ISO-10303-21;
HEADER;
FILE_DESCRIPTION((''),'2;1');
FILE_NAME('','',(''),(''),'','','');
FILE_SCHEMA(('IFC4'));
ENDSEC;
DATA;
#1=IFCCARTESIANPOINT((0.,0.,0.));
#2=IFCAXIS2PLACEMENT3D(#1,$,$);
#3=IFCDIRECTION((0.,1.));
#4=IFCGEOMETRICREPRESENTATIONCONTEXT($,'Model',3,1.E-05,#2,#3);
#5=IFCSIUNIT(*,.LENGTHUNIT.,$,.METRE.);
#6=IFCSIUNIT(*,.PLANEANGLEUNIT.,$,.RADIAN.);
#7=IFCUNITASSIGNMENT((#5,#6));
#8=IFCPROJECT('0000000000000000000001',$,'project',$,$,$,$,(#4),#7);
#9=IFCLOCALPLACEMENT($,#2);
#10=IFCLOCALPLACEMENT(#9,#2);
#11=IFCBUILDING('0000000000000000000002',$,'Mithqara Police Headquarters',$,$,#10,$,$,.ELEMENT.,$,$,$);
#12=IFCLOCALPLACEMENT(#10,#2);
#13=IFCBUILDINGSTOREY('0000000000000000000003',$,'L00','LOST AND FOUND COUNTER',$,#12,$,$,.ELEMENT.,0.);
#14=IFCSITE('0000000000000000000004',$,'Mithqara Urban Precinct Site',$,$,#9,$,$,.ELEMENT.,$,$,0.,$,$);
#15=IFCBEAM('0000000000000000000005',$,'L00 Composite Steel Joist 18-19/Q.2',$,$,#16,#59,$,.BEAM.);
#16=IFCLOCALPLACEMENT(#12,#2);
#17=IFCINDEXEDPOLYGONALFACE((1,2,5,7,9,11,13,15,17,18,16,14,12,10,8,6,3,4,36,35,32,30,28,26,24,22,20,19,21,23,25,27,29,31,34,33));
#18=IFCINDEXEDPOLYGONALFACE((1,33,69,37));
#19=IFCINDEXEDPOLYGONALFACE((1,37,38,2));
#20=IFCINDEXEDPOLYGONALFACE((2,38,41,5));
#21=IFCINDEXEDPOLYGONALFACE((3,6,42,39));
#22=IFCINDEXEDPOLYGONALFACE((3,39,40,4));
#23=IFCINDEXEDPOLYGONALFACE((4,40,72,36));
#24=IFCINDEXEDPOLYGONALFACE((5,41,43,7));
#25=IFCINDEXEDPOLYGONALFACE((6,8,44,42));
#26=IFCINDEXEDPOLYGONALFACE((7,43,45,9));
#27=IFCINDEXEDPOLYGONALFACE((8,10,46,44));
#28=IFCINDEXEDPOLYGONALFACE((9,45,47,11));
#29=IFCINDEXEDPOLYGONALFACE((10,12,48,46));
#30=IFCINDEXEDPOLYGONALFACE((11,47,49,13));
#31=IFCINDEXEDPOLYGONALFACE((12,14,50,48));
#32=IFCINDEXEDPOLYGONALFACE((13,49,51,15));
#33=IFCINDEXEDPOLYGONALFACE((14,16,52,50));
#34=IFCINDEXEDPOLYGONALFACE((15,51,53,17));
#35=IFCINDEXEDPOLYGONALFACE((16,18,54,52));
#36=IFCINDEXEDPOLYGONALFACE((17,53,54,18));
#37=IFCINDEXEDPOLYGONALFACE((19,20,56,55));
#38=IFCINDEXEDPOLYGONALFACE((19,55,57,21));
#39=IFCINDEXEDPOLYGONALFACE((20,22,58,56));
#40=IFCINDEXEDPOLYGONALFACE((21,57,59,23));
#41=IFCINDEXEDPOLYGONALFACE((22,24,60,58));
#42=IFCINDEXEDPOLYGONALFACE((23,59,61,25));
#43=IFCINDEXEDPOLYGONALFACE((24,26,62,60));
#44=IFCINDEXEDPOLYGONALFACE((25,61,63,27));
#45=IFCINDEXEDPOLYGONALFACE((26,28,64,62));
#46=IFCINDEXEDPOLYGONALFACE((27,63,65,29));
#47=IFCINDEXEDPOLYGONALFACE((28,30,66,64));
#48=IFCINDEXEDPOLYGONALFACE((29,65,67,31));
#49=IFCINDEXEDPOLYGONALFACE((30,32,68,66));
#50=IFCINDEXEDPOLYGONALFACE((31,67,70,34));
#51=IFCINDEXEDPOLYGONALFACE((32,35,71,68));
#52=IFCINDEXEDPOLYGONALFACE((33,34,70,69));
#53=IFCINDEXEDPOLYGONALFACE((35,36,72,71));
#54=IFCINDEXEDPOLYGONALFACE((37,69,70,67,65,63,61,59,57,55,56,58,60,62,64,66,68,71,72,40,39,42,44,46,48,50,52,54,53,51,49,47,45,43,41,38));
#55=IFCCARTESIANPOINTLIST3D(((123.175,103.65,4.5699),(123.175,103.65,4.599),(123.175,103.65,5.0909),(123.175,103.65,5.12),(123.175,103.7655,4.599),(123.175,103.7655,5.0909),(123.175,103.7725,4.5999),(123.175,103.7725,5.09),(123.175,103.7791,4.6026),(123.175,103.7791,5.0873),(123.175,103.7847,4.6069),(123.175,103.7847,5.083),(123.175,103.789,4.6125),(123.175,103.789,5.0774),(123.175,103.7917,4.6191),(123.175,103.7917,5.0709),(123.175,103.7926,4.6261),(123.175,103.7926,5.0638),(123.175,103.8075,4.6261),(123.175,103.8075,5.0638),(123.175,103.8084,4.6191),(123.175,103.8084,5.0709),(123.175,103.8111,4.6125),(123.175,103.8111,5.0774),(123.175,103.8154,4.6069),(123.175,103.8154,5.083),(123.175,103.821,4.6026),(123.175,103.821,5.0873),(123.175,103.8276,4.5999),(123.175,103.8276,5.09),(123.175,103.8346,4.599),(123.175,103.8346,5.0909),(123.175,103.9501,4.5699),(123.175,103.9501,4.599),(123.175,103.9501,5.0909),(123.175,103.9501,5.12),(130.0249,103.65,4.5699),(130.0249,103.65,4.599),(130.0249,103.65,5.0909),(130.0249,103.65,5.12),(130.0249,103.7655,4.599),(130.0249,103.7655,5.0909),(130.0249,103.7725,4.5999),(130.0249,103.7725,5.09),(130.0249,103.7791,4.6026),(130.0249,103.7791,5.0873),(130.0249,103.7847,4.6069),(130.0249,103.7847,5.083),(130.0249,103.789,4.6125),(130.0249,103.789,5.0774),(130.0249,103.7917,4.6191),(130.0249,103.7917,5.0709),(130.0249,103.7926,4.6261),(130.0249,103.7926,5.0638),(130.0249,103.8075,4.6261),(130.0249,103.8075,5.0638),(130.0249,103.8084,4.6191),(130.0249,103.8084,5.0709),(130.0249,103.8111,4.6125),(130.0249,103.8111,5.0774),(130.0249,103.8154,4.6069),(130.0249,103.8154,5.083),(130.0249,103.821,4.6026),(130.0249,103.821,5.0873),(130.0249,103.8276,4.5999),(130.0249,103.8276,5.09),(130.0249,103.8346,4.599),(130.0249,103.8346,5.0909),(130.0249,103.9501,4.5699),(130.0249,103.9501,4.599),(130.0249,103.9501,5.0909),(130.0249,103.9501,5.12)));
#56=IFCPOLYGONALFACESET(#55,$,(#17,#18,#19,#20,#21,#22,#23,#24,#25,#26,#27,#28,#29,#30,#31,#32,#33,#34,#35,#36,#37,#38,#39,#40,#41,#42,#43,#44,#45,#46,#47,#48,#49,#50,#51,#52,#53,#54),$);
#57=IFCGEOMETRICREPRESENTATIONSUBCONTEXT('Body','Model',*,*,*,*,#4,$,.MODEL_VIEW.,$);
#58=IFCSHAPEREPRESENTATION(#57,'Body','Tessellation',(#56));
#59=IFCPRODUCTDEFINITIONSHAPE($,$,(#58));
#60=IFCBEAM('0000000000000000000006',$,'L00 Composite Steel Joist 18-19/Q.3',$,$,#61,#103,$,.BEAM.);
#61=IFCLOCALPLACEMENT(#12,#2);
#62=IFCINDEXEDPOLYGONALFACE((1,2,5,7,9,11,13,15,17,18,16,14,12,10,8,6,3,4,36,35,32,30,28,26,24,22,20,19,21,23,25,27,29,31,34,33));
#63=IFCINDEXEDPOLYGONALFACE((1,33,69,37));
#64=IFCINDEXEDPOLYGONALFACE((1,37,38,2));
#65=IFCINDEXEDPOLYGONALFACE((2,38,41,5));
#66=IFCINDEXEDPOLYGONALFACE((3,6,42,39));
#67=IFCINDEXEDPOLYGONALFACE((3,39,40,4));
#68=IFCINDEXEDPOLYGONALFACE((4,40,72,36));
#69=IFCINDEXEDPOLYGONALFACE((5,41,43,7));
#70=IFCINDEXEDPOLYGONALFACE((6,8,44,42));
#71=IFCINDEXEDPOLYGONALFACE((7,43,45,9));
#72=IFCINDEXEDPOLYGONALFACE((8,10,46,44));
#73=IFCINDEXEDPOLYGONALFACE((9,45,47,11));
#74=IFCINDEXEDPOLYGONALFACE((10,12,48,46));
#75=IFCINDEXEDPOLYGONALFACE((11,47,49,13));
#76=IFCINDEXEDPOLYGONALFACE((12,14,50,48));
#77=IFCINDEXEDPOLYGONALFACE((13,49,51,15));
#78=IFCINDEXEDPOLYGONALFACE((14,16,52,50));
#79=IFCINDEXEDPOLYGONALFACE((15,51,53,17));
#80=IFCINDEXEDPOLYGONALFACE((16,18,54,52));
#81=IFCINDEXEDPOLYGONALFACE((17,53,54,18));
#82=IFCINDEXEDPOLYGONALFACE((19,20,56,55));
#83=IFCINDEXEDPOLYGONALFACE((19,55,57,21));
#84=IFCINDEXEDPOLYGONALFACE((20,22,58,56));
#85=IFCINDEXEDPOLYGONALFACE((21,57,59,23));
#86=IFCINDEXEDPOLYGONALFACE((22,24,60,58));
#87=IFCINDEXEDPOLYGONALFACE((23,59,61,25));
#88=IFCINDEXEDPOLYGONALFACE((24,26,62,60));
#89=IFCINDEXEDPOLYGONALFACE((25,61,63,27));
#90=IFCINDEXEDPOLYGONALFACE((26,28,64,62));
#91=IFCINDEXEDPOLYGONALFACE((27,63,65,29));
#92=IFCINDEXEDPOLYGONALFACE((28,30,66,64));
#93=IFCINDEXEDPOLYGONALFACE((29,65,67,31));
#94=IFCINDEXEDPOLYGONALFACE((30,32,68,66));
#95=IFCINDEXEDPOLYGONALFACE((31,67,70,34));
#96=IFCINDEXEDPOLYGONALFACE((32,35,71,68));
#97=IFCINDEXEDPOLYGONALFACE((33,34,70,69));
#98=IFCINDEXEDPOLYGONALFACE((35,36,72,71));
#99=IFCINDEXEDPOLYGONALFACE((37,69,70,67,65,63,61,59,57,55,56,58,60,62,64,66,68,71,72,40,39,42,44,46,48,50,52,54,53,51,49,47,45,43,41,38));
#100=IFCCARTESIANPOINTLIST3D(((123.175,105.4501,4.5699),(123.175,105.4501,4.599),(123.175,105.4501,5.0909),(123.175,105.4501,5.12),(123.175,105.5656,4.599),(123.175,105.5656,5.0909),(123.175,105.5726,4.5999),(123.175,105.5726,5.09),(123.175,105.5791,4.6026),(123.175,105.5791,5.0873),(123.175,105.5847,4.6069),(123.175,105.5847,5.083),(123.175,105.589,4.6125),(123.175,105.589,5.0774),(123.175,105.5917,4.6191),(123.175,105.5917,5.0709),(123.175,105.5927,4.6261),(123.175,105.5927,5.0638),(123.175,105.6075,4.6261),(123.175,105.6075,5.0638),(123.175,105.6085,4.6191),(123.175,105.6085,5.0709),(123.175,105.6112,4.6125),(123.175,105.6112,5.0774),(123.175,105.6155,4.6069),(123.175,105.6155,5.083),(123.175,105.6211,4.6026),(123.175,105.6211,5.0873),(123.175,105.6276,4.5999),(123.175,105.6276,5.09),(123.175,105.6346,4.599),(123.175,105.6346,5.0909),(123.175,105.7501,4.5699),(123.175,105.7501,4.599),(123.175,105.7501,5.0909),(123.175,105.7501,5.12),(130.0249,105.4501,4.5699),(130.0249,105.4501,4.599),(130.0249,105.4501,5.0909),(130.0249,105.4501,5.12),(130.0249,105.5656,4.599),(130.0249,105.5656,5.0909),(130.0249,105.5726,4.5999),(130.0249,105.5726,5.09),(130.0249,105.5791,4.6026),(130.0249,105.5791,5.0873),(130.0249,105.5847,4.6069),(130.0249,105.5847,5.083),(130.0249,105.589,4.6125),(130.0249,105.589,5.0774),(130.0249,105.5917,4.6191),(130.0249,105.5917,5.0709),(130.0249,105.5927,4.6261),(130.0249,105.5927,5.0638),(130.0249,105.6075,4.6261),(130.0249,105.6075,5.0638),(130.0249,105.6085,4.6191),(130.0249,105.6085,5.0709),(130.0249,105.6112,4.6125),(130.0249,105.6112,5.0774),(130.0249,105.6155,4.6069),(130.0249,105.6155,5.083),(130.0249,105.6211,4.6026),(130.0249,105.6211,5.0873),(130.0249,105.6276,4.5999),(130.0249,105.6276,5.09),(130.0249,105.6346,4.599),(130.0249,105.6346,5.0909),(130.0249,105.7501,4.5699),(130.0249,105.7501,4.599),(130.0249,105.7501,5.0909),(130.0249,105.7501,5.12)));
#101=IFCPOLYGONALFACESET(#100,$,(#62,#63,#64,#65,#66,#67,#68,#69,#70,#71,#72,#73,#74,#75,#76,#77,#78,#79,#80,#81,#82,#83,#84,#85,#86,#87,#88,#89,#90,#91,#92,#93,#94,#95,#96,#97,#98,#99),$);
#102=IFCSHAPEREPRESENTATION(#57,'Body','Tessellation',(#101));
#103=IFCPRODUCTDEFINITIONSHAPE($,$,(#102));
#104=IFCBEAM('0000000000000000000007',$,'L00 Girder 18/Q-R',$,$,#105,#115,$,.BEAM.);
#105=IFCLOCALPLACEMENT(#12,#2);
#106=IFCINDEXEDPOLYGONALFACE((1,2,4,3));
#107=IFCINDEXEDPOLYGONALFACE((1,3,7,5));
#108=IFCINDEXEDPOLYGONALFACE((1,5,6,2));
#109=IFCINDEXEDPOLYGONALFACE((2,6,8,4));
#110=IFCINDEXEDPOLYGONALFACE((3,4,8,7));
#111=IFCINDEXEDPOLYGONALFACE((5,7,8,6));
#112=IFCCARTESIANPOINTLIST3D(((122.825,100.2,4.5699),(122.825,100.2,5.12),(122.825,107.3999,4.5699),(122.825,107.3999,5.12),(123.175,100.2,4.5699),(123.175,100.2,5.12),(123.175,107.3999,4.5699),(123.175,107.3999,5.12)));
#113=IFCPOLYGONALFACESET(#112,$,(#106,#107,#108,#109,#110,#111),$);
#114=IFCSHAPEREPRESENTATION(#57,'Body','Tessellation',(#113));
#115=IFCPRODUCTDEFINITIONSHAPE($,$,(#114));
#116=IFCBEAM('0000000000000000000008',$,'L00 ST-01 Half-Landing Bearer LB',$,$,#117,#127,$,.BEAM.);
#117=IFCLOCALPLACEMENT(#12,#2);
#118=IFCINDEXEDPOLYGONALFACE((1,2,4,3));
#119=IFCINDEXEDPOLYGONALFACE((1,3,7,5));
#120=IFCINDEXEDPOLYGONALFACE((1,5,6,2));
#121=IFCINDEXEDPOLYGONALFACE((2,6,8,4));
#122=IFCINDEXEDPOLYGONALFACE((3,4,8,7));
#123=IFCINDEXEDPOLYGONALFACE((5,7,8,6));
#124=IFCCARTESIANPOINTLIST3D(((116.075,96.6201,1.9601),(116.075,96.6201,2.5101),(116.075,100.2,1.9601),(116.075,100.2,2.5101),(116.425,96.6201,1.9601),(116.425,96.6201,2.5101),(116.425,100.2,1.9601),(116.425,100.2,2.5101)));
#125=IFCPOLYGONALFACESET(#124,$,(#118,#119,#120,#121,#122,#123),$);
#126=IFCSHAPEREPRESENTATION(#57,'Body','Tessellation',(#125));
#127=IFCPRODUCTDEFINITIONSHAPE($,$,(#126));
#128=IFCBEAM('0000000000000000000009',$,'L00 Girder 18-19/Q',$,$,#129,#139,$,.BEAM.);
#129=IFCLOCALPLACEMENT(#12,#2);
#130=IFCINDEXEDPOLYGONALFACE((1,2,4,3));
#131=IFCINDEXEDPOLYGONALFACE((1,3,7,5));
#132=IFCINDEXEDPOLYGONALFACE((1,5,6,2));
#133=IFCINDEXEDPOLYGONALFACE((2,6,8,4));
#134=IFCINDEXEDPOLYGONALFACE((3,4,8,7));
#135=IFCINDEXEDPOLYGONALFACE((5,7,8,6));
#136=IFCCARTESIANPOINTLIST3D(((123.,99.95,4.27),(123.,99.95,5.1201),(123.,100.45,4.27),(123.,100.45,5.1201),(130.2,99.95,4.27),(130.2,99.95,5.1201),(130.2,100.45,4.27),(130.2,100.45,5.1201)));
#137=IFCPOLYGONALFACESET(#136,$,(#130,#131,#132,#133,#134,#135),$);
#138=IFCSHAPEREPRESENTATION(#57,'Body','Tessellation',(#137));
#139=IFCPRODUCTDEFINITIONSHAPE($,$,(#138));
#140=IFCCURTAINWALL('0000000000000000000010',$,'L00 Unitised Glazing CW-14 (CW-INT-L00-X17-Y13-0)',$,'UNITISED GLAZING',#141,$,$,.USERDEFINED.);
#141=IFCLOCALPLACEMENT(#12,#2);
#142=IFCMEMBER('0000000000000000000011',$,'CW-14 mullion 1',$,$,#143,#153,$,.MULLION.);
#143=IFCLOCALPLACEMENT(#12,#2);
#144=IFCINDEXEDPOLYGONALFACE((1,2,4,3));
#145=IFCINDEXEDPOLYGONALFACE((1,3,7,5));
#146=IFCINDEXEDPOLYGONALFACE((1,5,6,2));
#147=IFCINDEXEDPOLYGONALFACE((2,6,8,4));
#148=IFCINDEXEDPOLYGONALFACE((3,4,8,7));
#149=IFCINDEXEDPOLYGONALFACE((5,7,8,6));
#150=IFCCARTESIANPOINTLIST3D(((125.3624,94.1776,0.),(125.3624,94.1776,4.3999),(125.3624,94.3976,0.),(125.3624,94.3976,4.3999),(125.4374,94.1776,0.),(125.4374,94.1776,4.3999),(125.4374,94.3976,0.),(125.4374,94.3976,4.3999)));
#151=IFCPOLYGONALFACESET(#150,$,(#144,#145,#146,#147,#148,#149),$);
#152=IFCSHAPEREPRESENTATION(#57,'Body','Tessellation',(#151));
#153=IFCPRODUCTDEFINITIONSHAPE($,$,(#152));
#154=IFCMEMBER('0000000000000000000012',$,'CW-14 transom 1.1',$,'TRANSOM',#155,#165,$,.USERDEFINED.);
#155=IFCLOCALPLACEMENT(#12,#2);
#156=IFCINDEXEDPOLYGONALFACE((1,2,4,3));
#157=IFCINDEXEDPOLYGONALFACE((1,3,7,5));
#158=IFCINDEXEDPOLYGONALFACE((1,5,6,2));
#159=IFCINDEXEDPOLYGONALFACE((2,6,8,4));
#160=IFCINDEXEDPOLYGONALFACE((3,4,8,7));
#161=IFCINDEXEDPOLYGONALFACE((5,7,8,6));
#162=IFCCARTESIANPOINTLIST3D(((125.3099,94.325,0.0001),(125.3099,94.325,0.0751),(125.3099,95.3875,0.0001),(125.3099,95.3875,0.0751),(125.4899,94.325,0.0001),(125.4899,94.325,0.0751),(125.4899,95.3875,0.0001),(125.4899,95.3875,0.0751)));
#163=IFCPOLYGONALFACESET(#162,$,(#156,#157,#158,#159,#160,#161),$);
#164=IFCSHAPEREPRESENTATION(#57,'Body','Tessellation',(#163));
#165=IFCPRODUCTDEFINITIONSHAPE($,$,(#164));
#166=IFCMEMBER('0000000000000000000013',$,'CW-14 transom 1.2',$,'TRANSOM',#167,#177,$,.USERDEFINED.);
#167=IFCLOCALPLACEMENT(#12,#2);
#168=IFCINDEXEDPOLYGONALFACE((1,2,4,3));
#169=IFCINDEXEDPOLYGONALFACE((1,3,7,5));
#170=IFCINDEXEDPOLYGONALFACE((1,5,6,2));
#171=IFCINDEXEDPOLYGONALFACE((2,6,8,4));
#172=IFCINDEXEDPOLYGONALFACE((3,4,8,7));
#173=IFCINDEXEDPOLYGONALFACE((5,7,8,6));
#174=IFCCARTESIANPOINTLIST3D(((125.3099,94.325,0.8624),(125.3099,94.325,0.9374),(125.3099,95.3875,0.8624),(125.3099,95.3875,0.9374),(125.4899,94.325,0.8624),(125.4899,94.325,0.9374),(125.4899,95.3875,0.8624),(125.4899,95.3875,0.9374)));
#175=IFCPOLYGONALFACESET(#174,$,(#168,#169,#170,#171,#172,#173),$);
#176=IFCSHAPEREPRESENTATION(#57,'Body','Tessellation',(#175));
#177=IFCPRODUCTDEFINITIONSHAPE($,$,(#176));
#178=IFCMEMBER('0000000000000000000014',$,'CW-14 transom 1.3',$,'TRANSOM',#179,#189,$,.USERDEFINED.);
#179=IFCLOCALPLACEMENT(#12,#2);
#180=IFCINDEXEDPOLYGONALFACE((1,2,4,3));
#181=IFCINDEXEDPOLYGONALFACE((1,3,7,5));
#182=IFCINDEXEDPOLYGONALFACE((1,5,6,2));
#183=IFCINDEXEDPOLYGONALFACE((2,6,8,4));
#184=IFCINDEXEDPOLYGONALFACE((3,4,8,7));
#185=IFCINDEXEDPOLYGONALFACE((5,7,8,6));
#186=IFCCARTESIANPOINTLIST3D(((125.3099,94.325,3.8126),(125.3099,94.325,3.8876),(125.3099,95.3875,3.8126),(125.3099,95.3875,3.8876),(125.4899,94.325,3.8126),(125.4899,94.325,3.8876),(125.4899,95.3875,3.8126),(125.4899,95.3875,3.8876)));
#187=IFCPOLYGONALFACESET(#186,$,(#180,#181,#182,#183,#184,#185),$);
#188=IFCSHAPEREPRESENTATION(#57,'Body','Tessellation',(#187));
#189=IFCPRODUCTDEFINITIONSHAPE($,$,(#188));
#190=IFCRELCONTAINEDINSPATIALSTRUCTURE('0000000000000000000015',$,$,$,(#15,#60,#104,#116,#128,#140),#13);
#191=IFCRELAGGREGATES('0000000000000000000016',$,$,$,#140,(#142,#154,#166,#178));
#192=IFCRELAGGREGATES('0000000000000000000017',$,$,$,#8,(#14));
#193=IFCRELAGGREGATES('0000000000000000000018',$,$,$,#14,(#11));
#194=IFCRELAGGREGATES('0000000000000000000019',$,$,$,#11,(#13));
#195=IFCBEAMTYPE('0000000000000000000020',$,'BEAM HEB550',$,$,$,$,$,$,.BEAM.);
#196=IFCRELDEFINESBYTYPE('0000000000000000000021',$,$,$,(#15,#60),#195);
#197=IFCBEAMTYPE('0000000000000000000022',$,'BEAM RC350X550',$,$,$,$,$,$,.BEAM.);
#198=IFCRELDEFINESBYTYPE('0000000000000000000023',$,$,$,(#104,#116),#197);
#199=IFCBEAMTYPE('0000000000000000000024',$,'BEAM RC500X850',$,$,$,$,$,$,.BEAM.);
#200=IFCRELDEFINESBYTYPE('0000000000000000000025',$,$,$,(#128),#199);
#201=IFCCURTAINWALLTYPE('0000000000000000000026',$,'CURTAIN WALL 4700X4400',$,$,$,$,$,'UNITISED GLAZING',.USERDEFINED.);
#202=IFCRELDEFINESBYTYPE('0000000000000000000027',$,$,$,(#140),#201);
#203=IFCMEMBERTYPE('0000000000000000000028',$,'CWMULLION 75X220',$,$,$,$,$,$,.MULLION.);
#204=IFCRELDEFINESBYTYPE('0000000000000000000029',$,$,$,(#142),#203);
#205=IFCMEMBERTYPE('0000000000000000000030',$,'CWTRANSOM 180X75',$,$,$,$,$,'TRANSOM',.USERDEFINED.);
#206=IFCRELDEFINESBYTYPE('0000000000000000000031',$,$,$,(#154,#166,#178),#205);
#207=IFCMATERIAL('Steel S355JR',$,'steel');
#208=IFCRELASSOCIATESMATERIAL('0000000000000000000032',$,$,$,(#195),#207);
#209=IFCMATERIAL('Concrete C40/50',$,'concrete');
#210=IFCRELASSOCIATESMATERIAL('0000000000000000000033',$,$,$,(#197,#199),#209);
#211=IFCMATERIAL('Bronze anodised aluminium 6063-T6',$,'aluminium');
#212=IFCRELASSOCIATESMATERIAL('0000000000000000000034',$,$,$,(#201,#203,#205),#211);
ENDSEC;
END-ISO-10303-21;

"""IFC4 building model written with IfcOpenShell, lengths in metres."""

from ifc_helpers import new_model, si_unit, direction, frame, origin, origin_2d, place, context, subcontext, project, spatial, rectangle, i_section, extrude, material, material_profile, profile_set, type_object, element, aggregate, save


model = new_model("IFC4")

# Units and contexts
model_context = context("Model", 3, precision=1e-05, world=origin(), true_north=direction((0.0, 1.0)))
body_context = subcontext(model_context, "Body", "Model", "MODEL_VIEW")
ifc_project = project(units=[si_unit("LENGTHUNIT", "METRE"), si_unit("PLANEANGLEUNIT", "RADIAN")], contexts=[model_context])

# Site, building, storey
site_placement = place(None, origin())
site = spatial("IfcSite", under=ifc_project, at=site_placement, Name="Mithqara Urban Precinct Site", CompositionType="ELEMENT", RefElevation=0.0)
building_placement = place(site_placement, origin())
building = spatial("IfcBuilding", under=site, at=building_placement, Name="Mithqara Police Headquarters", CompositionType="ELEMENT")
storey_placement = place(building_placement, origin())
storey = spatial("IfcBuildingStorey", under=building, at=storey_placement, Name="L00", Description="LOST AND FOUND COUNTER", CompositionType="ELEMENT", Elevation=0.0)

# Beams
ifc_material_1 = material(Name="Steel S355JR", Category="steel")
ifc_material_profile_1 = material_profile(ifc_material_1, i_section(OverallWidth=0.3, OverallDepth=0.55, WebThickness=0.0149, FlangeThickness=0.0291, FilletRadius=0.0271, at=origin_2d()), Name="HEB 550")
ifc_profile_set_1 = profile_set([ifc_material_profile_1], Name="Steel S355JR")
beam_type_1 = type_object("IfcBeamType", Name="BEAM HEB550", PredefinedType="BEAM", material=ifc_profile_set_1)
for number, where, z_axis, x_axis, name in (
    (1, (123.175, 103.8, 4.845), (1.0, 0.0, 0.0), (0.0, 1.0, 0.0), "L00 Composite Steel Joist 18-19/Q.2"),
    (2, (123.175, 105.6001, 4.845), (1.0, 0.0, 0.0), (0.0, 1.0, 0.0), "L00 Composite Steel Joist 18-19/Q.3"),
):
    element("IfcBeam", number, at=place(storey_placement, frame(where, z_axis=z_axis, x_axis=x_axis)), inside=storey, type_object=beam_type_1, Name=name, PredefinedType="BEAM", context=body_context, shape_type="SweptSolid", body=[
        extrude(i_section(OverallWidth=0.3, OverallDepth=0.55, WebThickness=0.0149, FlangeThickness=0.0291, FilletRadius=0.0271, at=origin_2d()), origin(), (0.0, 0.0, 1.0), 6.8499),
    ])
ifc_material_2 = material(Name="Concrete C40/50", Category="concrete")
ifc_material_profile_2 = material_profile(ifc_material_2, rectangle(XDim=0.3501, YDim=0.55, at=origin_2d()), Name="RC 350x550")
ifc_profile_set_2 = profile_set([ifc_material_profile_2], Name="Concrete C40/50")
beam_type_2 = type_object("IfcBeamType", Name="BEAM RC350X550", PredefinedType="BEAM", material=ifc_profile_set_2)
beam_1_placement = place(storey_placement, frame((123.0, 100.2, 4.845), z_axis=(0.0, 1.0, 0.0), x_axis=(-1.0, 0.0, 0.0)))
element("IfcBeam", 3, at=beam_1_placement, inside=storey, type_object=beam_type_2, Name="L00 Girder 18/Q-R", PredefinedType="BEAM", context=body_context, shape_type="SweptSolid", body=[
    extrude(rectangle(XDim=0.3501, YDim=0.55, at=origin_2d()), origin(), (0.0, 0.0, 1.0), 7.2),
])
beam_2_placement = place(storey_placement, frame((116.25, 96.6201, 2.2351), z_axis=(0.0, 1.0, 0.0), x_axis=(-1.0, 0.0, 0.0)))
element("IfcBeam", 4, at=beam_2_placement, inside=storey, type_object=beam_type_2, Name="L00 ST-01 Half-Landing Bearer LB", PredefinedType="BEAM", context=body_context, shape_type="SweptSolid", body=[
    extrude(rectangle(XDim=0.3501, YDim=0.55, at=origin_2d()), origin(), (0.0, 0.0, 1.0), 3.5798),
])
ifc_material_profile_3 = material_profile(ifc_material_2, rectangle(XDim=0.5, YDim=0.8501, at=origin_2d()), Name="RC 500x850")
ifc_profile_set_3 = profile_set([ifc_material_profile_3], Name="Concrete C40/50")
beam_type_3 = type_object("IfcBeamType", Name="BEAM RC500X850", PredefinedType="BEAM", material=ifc_profile_set_3)
beam_3_placement = place(storey_placement, frame((123.0, 100.2, 4.6951), z_axis=(1.0, 0.0, 0.0), x_axis=(0.0, 1.0, 0.0)))
element("IfcBeam", 5, at=beam_3_placement, inside=storey, type_object=beam_type_3, Name="L00 Girder 18-19/Q", PredefinedType="BEAM", context=body_context, shape_type="SweptSolid", body=[
    extrude(rectangle(XDim=0.5, YDim=0.8501, at=origin_2d()), origin(), (0.0, 0.0, 1.0), 7.2),
])

# Curtain wall, members
ifc_material_3 = material(Name="Bronze anodised aluminium 6063-T6", Category="aluminium")
curtain_wall_type = type_object("IfcCurtainWallType", Name="CURTAIN WALL 4700X4400", ElementType="UNITISED GLAZING", PredefinedType="USERDEFINED", material=ifc_material_3)
curtain_wall_placement = place(storey_placement, origin())
curtain_wall = element("IfcCurtainWall", 6, at=curtain_wall_placement, inside=storey, type_object=curtain_wall_type, Name="L00 Unitised Glazing CW-14 (CW-INT-L00-X17-Y13-0)", ObjectType="UNITISED GLAZING", PredefinedType="USERDEFINED")
ifc_material_profile_4 = material_profile(ifc_material_3, rectangle(XDim=0.075, YDim=0.22, at=origin_2d()), Name="CWM 75x220")
ifc_profile_set_4 = profile_set([ifc_material_profile_4], Name="Bronze anodised aluminium 6063-T6")
member_type_1 = type_object("IfcMemberType", Name="CWMULLION 75X220", PredefinedType="MULLION", material=ifc_profile_set_4)
member_1_placement = place(storey_placement, frame((125.3999, 94.2876, 0.0), z_axis=(0.0, 0.0, 1.0), x_axis=(-1.0, 0.0, 0.0)))
member_1 = element("IfcMember", 7, at=member_1_placement, type_object=member_type_1, Name="CW-14 mullion 1", PredefinedType="MULLION", context=body_context, shape_type="SweptSolid", body=[
    extrude(rectangle(XDim=0.075, YDim=0.22, at=origin_2d()), origin(), (0.0, 0.0, 1.0), 4.3999),
])
ifc_material_profile_5 = material_profile(ifc_material_3, rectangle(XDim=0.1799, YDim=0.075, at=origin_2d()), Name="CWT 180x75")
ifc_profile_set_5 = profile_set([ifc_material_profile_5], Name="Bronze anodised aluminium 6063-T6")
member_type_2 = type_object("IfcMemberType", Name="CWTRANSOM 180X75", ElementType="TRANSOM", PredefinedType="USERDEFINED", material=ifc_profile_set_5)
member_2_placement = place(storey_placement, frame((125.3999, 94.325, 0.0376), z_axis=(0.0, 1.0, 0.0), x_axis=(-1.0, 0.0, 0.0)))
member_2 = element("IfcMember", 8, at=member_2_placement, type_object=member_type_2, Name="CW-14 transom 1.1", ObjectType="TRANSOM", PredefinedType="USERDEFINED", context=body_context, shape_type="SweptSolid", body=[
    extrude(rectangle(XDim=0.1799, YDim=0.075, at=origin_2d()), origin(), (0.0, 0.0, 1.0), 1.0625),
])
member_3_placement = place(storey_placement, frame((125.3999, 94.325, 0.8999), z_axis=(0.0, 1.0, 0.0), x_axis=(-1.0, 0.0, 0.0)))
member_3 = element("IfcMember", 9, at=member_3_placement, type_object=member_type_2, Name="CW-14 transom 1.2", ObjectType="TRANSOM", PredefinedType="USERDEFINED", context=body_context, shape_type="SweptSolid", body=[
    extrude(rectangle(XDim=0.1799, YDim=0.075, at=origin_2d()), origin(), (0.0, 0.0, 1.0), 1.0625),
])
member_4_placement = place(storey_placement, frame((125.3999, 94.325, 3.8501), z_axis=(0.0, 1.0, 0.0), x_axis=(-1.0, 0.0, 0.0)))
member_4 = element("IfcMember", 10, at=member_4_placement, type_object=member_type_2, Name="CW-14 transom 1.3", ObjectType="TRANSOM", PredefinedType="USERDEFINED", context=body_context, shape_type="SweptSolid", body=[
    extrude(rectangle(XDim=0.1799, YDim=0.075, at=origin_2d()), origin(), (0.0, 0.0, 1.0), 1.0625),
])
aggregate(curtain_wall, [member_1, member_2, member_3, member_4])

save(model, "model.ifc")
